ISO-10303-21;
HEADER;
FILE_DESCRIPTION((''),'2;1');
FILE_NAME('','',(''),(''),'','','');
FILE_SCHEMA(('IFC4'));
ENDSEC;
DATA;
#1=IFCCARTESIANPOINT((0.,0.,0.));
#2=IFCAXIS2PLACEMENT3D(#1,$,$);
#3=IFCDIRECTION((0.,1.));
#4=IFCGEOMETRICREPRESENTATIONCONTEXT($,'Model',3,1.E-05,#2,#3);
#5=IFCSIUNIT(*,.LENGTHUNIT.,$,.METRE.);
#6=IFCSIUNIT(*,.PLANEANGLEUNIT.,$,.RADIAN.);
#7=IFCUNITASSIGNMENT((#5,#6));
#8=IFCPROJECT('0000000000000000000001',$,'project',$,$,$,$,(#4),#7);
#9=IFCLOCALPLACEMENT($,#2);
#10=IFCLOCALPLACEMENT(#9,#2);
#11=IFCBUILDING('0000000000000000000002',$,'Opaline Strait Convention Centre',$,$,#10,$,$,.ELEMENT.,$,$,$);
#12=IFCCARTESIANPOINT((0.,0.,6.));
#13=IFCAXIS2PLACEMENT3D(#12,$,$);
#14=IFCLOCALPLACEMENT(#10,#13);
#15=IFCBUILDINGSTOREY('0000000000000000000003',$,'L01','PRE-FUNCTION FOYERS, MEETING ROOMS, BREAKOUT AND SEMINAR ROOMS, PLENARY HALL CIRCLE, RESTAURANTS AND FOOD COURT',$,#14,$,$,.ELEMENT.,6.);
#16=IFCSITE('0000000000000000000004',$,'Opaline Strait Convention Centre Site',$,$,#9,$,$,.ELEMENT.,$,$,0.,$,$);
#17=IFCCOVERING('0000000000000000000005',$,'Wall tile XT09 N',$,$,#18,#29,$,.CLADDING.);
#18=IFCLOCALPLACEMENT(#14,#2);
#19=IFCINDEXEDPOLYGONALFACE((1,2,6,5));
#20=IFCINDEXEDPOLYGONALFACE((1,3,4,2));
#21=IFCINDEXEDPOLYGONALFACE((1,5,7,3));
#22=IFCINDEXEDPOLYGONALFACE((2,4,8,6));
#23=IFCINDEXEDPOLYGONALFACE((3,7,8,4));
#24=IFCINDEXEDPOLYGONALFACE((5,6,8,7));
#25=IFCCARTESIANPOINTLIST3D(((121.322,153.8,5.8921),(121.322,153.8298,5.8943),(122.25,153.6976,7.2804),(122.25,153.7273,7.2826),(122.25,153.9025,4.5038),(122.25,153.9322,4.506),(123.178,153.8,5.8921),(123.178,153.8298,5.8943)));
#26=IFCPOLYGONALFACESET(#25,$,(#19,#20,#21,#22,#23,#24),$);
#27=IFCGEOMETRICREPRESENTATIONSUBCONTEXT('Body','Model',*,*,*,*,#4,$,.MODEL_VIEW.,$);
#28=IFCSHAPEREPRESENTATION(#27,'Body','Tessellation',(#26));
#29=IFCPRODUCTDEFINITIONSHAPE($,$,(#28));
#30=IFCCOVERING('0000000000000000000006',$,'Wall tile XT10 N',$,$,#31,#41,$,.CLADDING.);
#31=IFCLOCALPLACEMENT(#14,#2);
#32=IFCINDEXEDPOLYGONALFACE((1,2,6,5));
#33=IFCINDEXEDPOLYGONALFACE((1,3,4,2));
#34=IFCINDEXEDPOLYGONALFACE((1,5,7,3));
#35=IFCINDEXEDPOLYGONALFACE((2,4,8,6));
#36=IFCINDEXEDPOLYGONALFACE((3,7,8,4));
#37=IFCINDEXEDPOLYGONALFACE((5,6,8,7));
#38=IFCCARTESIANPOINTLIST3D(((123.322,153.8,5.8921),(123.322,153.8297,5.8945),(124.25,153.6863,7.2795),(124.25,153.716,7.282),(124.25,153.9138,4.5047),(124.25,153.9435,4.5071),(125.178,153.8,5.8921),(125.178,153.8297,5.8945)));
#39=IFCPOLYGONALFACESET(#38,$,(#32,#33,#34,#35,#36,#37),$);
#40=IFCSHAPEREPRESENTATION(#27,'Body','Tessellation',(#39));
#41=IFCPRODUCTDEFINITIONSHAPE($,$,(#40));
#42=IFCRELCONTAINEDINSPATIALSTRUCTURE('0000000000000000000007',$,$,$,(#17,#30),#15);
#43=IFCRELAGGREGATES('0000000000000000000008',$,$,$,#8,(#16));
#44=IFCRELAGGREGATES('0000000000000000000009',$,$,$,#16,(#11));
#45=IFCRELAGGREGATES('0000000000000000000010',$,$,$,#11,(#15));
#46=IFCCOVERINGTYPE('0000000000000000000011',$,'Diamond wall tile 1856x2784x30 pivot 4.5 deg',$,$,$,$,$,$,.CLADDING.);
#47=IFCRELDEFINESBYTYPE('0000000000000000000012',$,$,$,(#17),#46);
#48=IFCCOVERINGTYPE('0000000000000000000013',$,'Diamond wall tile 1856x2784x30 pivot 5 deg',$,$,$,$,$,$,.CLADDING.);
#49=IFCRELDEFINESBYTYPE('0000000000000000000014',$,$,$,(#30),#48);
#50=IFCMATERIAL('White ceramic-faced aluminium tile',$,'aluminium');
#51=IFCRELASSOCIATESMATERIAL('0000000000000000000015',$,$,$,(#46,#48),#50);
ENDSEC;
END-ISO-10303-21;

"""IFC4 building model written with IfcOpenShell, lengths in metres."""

from ifc_helpers import new_model, si_unit, direction, frame, origin, place, context, subcontext, project, spatial, polyline, outline, extrude, material, material_profile, profile_set, type_object, element, save


model = new_model("IFC4")

# Units and contexts
model_context = context("Model", 3, precision=1e-05, world=origin(), true_north=direction((0.0, 1.0)))
body_context = subcontext(model_context, "Body", "Model", "MODEL_VIEW")
ifc_project = project(units=[si_unit("LENGTHUNIT", "METRE"), si_unit("PLANEANGLEUNIT", "RADIAN")], contexts=[model_context])

# Site, building, storey
site_placement = place(None, origin())
site = spatial("IfcSite", under=ifc_project, at=site_placement, Name="Opaline Strait Convention Centre Site", CompositionType="ELEMENT", RefElevation=0.0)
building_placement = place(site_placement, origin())
building = spatial("IfcBuilding", under=site, at=building_placement, Name="Opaline Strait Convention Centre", CompositionType="ELEMENT")
storey_placement = place(building_placement, frame((0.0, 0.0, 6.0)))
storey = spatial("IfcBuildingStorey", under=building, at=storey_placement, Name="L01", Description="PRE-FUNCTION FOYERS, MEETING ROOMS, BREAKOUT AND SEMINAR ROOMS, PLENARY HALL CIRCLE, RESTAURANTS AND FOOD COURT", CompositionType="ELEMENT", Elevation=6.0)

# Coverings
ifc_material_1 = material(Name="White ceramic-faced aluminium tile", Category="aluminium")
ifc_material_profile_1 = material_profile(ifc_material_1, outline(polyline([(0.928, 0.0), (0.0, 1.3921), (-0.928, 0.0), (0.0, -1.3921), (0.928, 0.0)])), Name="Diamond tile 1856x2784")
ifc_profile_set_1 = profile_set([ifc_material_profile_1], Name="White ceramic-faced aluminium tile")
covering_type_1 = type_object("IfcCoveringType", Name="Diamond wall tile 1856x2784x30 pivot 4.5 deg", PredefinedType="CLADDING", material=ifc_profile_set_1)
covering_1_placement = place(storey_placement, frame((122.25, 153.8, 5.8921), z_axis=(0.0, 0.99729, 0.073571), x_axis=(-1.0, 0.0, 0.0)))
element("IfcCovering", 1, at=covering_1_placement, inside=storey, type_object=covering_type_1, Name="Wall tile XT09 N", PredefinedType="CLADDING", context=body_context, shape_type="SweptSolid", body=[
    extrude(outline(polyline([(0.928, 0.0), (0.0, 1.3921), (-0.928, 0.0), (0.0, -1.3921), (0.928, 0.0)])), origin(), (0.0, 0.0, 1.0), 0.0298),
])
ifc_material_profile_2 = material_profile(ifc_material_1, outline(polyline([(0.928, 0.0), (0.0, 1.3921), (-0.928, 0.0), (0.0, -1.3921), (0.928, 0.0)])), Name="Diamond tile 1856x2784")
ifc_profile_set_2 = profile_set([ifc_material_profile_2], Name="White ceramic-faced aluminium tile")
covering_type_2 = type_object("IfcCoveringType", Name="Diamond wall tile 1856x2784x30 pivot 5 deg", PredefinedType="CLADDING", material=ifc_profile_set_2)
covering_2_placement = place(storey_placement, frame((124.25, 153.8, 5.8921), z_axis=(0.0, 0.996658, 0.081693), x_axis=(-1.0, 0.0, 0.0)))
element("IfcCovering", 2, at=covering_2_placement, inside=storey, type_object=covering_type_2, Name="Wall tile XT10 N", PredefinedType="CLADDING", context=body_context, shape_type="SweptSolid", body=[
    extrude(outline(polyline([(0.928, 0.0), (0.0, 1.3921), (-0.928, 0.0), (0.0, -1.3921), (0.928, 0.0)])), origin(), (0.0, 0.0, 1.0), 0.0298),
])

save(model, "model.ifc")
